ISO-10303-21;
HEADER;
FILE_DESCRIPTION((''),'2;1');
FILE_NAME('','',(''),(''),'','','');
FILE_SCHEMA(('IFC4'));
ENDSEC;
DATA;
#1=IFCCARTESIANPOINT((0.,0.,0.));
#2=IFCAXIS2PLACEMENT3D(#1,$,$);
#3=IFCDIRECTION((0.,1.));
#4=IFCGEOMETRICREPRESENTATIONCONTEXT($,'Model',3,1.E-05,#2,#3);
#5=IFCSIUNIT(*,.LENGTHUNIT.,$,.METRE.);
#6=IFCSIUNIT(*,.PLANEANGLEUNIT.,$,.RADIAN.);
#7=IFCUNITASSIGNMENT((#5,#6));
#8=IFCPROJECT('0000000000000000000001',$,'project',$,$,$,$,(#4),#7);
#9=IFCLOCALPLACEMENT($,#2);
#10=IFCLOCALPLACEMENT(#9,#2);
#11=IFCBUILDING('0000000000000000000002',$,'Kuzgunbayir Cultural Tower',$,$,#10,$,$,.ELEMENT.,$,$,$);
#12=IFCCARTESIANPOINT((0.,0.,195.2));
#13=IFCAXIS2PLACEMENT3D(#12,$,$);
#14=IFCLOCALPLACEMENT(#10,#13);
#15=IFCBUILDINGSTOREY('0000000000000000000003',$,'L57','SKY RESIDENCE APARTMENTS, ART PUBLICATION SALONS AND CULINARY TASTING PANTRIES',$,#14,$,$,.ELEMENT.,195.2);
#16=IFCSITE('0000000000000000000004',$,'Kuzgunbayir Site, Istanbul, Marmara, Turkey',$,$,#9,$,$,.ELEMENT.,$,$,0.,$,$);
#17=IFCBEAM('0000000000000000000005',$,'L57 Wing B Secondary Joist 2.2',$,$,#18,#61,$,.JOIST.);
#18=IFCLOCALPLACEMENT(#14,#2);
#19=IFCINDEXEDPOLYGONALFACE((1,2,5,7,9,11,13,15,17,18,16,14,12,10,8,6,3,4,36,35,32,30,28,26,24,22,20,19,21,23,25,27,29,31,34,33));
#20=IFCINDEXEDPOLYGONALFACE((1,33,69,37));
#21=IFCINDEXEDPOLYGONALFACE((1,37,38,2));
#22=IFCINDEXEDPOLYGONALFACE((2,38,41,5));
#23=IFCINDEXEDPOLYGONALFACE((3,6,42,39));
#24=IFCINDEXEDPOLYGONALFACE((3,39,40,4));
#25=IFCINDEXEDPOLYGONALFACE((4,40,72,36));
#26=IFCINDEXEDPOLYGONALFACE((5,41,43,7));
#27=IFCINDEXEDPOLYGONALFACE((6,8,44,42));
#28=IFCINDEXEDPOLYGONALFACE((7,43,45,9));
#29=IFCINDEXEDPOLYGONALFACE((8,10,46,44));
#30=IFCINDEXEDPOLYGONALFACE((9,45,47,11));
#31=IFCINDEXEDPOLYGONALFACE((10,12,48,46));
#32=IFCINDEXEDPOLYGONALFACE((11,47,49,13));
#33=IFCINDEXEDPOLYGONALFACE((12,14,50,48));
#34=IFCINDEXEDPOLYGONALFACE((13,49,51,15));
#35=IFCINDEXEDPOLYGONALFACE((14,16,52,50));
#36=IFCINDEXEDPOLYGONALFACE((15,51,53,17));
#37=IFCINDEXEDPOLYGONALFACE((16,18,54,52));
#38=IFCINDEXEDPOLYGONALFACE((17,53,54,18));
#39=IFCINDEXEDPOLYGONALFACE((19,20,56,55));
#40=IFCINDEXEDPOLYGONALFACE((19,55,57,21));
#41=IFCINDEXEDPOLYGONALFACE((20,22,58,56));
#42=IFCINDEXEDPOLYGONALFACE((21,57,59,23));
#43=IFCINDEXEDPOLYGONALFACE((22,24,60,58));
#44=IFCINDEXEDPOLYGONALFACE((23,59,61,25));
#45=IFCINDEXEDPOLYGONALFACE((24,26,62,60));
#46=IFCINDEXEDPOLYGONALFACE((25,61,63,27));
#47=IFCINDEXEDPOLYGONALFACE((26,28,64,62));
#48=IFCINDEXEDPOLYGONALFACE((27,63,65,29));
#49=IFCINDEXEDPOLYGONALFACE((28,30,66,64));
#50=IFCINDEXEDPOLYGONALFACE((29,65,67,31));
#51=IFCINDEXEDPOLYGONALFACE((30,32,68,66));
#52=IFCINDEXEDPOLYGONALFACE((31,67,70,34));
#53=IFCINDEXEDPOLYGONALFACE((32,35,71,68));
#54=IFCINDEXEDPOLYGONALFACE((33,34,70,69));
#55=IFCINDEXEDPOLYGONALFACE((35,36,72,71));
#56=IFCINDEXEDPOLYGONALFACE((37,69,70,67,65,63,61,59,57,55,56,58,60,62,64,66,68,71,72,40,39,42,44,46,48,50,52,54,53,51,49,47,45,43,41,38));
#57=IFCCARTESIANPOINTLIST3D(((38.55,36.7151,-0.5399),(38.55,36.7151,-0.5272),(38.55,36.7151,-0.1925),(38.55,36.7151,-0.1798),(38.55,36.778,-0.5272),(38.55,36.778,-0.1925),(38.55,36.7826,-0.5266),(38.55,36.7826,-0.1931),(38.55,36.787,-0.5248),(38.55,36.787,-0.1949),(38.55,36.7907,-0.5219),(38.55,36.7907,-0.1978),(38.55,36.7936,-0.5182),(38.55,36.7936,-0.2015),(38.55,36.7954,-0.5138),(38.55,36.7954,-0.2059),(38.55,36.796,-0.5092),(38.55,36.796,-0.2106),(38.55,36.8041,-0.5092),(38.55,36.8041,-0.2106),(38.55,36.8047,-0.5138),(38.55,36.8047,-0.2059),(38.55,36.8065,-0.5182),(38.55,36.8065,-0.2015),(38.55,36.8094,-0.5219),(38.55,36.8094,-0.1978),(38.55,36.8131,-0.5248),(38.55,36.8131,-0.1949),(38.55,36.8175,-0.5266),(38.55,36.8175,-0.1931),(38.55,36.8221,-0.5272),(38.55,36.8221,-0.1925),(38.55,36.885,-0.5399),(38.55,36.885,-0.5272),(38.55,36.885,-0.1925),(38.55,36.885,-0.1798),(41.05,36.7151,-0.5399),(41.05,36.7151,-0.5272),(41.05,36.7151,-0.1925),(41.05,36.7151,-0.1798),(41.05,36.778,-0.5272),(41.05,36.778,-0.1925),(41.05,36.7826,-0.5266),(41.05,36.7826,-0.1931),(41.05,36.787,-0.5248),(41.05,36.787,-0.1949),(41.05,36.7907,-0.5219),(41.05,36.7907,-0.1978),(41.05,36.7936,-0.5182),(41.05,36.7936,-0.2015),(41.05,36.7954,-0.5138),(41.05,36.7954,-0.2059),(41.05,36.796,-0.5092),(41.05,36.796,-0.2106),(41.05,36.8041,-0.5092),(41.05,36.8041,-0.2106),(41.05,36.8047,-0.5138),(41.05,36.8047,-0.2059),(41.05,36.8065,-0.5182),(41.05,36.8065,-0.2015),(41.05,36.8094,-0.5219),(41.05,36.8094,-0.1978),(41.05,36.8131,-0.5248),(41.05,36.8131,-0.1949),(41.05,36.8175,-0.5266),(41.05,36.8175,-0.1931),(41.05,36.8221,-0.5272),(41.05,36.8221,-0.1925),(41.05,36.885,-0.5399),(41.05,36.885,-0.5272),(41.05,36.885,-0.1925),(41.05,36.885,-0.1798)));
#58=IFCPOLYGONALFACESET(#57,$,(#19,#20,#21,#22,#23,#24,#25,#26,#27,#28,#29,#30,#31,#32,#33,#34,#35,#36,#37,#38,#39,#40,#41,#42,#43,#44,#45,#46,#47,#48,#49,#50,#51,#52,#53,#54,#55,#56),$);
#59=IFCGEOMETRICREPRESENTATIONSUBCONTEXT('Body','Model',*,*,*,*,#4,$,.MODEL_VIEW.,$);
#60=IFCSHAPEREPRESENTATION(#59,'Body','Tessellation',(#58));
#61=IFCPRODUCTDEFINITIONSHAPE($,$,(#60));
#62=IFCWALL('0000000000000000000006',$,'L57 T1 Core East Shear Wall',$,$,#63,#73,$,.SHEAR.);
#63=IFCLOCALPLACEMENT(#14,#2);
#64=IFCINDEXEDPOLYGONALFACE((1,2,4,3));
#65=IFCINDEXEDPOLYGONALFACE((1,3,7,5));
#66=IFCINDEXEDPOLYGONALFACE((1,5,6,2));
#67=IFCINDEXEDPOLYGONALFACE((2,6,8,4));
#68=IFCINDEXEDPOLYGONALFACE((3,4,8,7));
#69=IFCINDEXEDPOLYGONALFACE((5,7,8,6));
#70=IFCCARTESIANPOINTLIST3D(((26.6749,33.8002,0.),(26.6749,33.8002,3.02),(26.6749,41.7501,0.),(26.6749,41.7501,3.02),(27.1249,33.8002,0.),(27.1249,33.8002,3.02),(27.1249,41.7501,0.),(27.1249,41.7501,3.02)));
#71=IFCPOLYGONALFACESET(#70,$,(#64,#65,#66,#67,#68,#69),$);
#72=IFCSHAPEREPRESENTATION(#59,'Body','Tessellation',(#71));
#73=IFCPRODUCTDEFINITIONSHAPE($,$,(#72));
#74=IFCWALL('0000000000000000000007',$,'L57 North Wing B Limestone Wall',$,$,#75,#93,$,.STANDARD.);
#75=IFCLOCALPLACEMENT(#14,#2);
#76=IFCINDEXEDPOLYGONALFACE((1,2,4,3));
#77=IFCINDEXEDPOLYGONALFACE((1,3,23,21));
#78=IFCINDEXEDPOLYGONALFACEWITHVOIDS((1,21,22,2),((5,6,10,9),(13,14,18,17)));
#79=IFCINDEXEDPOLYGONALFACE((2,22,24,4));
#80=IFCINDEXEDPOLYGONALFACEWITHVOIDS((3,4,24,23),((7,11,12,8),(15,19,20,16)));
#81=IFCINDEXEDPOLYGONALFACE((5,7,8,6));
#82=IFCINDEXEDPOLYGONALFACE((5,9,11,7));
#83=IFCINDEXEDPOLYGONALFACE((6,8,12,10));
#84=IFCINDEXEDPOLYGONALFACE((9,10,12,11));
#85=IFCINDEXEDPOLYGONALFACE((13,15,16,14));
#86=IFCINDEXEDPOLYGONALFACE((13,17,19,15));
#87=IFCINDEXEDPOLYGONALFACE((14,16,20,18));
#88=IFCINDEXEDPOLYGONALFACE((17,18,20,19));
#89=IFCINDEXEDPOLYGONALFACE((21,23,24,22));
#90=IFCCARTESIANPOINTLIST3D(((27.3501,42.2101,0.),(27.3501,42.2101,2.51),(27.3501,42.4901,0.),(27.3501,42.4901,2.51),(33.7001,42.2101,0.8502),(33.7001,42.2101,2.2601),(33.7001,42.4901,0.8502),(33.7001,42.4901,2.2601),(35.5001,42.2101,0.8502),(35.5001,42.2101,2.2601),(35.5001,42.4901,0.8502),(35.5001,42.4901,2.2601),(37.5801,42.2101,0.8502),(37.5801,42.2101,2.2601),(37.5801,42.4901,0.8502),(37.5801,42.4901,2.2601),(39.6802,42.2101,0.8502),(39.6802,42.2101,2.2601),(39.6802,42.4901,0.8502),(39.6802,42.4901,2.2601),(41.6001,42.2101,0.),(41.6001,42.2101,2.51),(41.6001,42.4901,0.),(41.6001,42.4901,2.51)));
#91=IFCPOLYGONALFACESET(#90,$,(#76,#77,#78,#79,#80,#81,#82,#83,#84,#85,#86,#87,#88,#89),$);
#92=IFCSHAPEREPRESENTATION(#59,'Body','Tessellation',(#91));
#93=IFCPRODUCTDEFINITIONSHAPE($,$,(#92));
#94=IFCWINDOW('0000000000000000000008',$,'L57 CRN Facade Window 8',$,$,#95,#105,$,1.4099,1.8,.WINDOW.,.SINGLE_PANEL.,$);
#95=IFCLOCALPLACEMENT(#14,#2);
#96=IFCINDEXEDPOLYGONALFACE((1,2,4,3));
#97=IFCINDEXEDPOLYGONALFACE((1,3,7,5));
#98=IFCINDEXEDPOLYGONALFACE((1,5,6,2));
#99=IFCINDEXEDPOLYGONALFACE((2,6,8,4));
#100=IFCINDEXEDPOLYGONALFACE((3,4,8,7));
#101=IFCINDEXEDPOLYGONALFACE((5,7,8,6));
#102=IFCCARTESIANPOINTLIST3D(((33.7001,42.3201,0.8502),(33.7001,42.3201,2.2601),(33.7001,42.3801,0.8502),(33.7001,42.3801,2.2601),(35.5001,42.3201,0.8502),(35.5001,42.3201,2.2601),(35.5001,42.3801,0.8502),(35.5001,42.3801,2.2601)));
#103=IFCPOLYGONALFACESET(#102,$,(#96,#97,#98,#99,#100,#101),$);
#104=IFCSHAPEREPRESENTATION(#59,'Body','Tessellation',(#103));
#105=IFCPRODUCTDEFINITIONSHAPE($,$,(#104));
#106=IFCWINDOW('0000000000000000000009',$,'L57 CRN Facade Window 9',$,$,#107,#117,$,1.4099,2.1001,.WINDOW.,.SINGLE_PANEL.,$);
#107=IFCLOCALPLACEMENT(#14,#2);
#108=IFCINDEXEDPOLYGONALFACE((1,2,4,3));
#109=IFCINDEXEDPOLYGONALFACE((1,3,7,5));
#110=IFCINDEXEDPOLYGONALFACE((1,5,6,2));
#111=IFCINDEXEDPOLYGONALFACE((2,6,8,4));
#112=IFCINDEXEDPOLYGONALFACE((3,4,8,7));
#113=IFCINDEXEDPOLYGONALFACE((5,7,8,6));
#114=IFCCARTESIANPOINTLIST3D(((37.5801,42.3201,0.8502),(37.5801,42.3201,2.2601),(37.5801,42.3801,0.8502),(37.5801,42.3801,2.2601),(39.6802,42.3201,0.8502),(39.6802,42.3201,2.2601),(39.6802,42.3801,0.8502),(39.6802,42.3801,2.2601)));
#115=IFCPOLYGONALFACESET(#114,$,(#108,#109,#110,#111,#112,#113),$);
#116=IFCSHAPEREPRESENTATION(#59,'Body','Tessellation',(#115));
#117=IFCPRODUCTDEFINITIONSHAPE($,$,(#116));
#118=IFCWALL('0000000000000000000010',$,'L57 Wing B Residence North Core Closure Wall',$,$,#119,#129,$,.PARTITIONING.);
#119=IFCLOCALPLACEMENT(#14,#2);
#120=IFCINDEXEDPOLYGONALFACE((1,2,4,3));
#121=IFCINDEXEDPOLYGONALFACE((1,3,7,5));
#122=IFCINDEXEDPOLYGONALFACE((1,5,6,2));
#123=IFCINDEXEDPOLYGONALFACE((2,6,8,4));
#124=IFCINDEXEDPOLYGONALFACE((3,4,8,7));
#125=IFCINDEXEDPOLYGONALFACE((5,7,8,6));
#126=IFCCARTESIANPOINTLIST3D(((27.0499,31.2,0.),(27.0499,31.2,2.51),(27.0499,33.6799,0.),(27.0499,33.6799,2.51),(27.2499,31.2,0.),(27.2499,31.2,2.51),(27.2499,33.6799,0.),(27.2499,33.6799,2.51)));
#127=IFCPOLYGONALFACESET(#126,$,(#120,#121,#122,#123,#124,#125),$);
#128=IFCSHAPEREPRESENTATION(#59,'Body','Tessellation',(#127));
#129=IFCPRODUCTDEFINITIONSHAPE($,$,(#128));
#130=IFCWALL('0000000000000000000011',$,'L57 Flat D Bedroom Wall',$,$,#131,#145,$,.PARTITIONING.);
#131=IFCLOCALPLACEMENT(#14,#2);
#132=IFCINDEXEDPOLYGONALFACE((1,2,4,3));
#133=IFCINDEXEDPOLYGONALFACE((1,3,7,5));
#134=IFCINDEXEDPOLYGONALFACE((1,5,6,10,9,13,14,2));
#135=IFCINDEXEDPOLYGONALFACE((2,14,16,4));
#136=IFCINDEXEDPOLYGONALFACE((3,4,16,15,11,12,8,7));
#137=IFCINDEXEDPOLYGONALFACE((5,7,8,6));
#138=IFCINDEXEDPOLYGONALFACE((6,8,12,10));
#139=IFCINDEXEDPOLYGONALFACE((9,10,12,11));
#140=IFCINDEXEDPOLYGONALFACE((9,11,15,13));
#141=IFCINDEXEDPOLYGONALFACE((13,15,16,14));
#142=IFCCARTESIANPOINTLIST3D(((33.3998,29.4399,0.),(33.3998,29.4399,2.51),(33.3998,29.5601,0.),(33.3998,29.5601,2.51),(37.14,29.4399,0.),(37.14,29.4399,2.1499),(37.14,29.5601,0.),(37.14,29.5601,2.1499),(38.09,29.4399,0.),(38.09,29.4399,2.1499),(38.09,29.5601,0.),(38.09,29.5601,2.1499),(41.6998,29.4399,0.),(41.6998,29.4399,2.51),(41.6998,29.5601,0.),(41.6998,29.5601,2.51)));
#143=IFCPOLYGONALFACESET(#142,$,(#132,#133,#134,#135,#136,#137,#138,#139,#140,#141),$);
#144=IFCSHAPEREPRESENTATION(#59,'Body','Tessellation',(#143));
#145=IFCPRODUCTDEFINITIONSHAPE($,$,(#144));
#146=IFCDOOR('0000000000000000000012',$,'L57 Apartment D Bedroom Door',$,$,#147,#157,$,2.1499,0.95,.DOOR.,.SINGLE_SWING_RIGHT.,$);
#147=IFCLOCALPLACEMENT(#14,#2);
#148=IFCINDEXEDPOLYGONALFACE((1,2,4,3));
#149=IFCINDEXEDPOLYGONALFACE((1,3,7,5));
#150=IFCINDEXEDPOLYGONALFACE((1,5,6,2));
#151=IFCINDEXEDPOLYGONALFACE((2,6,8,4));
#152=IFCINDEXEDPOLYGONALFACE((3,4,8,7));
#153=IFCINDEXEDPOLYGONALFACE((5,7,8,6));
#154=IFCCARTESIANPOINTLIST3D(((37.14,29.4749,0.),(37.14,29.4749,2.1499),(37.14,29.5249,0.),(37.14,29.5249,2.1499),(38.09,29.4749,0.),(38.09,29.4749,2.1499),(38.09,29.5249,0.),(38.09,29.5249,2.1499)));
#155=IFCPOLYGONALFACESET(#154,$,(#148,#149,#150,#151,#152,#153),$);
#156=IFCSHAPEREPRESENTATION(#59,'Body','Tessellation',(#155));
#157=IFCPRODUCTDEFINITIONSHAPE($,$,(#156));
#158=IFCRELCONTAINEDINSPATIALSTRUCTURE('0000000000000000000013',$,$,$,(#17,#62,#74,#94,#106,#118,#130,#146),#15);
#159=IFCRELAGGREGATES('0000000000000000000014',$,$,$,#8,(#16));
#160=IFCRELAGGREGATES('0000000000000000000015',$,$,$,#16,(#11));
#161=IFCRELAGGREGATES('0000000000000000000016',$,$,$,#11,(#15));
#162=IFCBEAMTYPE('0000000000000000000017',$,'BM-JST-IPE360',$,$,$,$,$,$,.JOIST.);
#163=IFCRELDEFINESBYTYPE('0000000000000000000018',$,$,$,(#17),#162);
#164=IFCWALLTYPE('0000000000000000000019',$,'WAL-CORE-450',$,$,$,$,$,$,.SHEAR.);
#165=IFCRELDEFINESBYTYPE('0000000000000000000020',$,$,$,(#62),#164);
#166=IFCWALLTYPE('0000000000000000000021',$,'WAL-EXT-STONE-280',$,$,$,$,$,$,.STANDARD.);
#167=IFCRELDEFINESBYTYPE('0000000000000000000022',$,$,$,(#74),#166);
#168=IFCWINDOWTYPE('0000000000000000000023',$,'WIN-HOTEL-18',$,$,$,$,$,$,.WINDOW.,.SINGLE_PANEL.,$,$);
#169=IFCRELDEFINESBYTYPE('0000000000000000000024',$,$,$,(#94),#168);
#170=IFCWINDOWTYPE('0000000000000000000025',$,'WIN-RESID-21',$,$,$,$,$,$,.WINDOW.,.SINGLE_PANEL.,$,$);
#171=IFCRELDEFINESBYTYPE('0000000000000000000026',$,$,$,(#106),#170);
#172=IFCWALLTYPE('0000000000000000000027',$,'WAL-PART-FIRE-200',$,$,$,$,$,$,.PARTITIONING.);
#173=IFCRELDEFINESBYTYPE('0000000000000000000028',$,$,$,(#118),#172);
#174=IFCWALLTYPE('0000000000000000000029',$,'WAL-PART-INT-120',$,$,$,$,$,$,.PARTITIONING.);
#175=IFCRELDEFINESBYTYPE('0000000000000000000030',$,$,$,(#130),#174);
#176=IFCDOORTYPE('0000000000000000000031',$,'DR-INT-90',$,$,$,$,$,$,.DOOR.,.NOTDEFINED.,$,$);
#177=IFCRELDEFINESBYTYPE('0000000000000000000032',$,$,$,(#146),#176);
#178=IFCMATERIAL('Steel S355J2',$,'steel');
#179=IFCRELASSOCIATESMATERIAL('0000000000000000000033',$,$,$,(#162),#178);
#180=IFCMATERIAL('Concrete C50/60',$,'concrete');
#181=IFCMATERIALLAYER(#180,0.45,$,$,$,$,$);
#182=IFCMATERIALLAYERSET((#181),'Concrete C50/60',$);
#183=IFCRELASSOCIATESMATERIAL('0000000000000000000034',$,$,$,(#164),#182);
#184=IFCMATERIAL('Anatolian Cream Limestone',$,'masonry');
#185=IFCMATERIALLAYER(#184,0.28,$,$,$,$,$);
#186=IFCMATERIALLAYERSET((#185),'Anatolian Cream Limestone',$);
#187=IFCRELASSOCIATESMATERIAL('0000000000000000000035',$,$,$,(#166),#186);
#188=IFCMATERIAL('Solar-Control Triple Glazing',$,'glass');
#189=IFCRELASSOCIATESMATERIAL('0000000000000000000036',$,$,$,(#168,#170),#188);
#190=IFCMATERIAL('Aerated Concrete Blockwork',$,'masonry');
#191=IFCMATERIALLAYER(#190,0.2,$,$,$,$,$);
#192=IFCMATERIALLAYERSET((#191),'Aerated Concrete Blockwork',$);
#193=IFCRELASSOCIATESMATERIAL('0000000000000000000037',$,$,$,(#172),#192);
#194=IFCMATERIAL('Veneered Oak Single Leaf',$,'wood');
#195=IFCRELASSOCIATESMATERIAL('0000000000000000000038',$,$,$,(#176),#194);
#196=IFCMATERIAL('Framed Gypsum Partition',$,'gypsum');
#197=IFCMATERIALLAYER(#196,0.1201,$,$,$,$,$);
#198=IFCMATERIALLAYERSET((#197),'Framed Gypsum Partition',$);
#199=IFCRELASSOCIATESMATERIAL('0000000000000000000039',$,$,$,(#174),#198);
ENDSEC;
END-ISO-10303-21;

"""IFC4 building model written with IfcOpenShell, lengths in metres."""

from ifc_helpers import new_model, si_unit, direction, frame, frame_2d, origin, origin_2d, place, context, subcontext, project, spatial, rectangle, i_section, extrude, material, layer, layer_set, material_profile, profile_set, type_object, element, fill, save


model = new_model("IFC4")

# Units and contexts
model_context = context("Model", 3, precision=1e-05, world=origin(), true_north=direction((0.0, 1.0)))
body_context = subcontext(model_context, "Body", "Model", "MODEL_VIEW")
ifc_project = project(units=[si_unit("LENGTHUNIT", "METRE"), si_unit("PLANEANGLEUNIT", "RADIAN")], contexts=[model_context])

# Site, building, storey
site_placement = place(None, origin())
site = spatial("IfcSite", under=ifc_project, at=site_placement, Name="Kuzgunbayir Site, Istanbul, Marmara, Turkey", CompositionType="ELEMENT", RefElevation=0.0)
building_placement = place(site_placement, origin())
building = spatial("IfcBuilding", under=site, at=building_placement, Name="Kuzgunbayir Cultural Tower", CompositionType="ELEMENT")
storey_placement = place(building_placement, frame((0.0, 0.0, 195.2)))
storey = spatial("IfcBuildingStorey", under=building, at=storey_placement, Name="L57", Description="SKY RESIDENCE APARTMENTS, ART PUBLICATION SALONS AND CULINARY TASTING PANTRIES", CompositionType="ELEMENT", Elevation=195.2)

# Shared definitions
ifc_material_1 = material(Name="Concrete C50/60", Category="concrete")

# Beam
ifc_material_2 = material(Name="Steel S355J2", Category="steel")
ifc_material_profile_1 = material_profile(ifc_material_2, i_section(OverallWidth=0.1699, OverallDepth=0.3601, WebThickness=0.0081, FlangeThickness=0.0127, FilletRadius=0.0181, at=origin_2d()), Name="IPE 360")
ifc_profile_set_1 = profile_set([ifc_material_profile_1], Name="Steel S355J2")
beam_type_1 = type_object("IfcBeamType", Name="BM-JST-IPE360", PredefinedType="JOIST", material=ifc_profile_set_1)
for number, where, z_axis, x_axis, name in (
    (1, (38.55, 36.8, -0.3599), (1.0, 0.0, 0.0), (0.0, 1.0, 0.0), "L57 Wing B Secondary Joist 2.2"),
):
    element("IfcBeam", number, at=place(storey_placement, frame(where, z_axis=z_axis, x_axis=x_axis)), inside=storey, type_object=beam_type_1, Name=name, PredefinedType="JOIST", context=body_context, shape_type="SweptSolid", body=[
        extrude(i_section(OverallWidth=0.1699, OverallDepth=0.3601, WebThickness=0.0081, FlangeThickness=0.0127, FilletRadius=0.0181, at=origin_2d()), origin(), (0.0, 0.0, 1.0), 2.5),
    ])

# Wall
ifc_layer_1 = layer(ifc_material_1, 0.45)
ifc_layer_set_1 = layer_set([ifc_layer_1], Name="Concrete C50/60")
wall_type_1 = type_object("IfcWallType", Name="WAL-CORE-450", PredefinedType="SHEAR", material=ifc_layer_set_1)
wall_1_placement = place(storey_placement, frame((26.8999, 33.8, 0.0), z_axis=(0.0, 0.0, 1.0), x_axis=(0.0, 1.0, 0.0)))
element("IfcWall", 2, at=wall_1_placement, inside=storey, type_object=wall_type_1, Name="L57 T1 Core East Shear Wall", PredefinedType="SHEAR", context=body_context, shape_type="SweptSolid", body=[
    extrude(rectangle(XDim=7.95, YDim=0.45, at=frame_2d((3.9751, 0.0))), origin(), (0.0, 0.0, 1.0), 3.02),
])

# Wall, openings, windows
ifc_material_3 = material(Name="Anatolian Cream Limestone", Category="masonry")
ifc_layer_2 = layer(ifc_material_3, 0.28)
ifc_layer_set_2 = layer_set([ifc_layer_2], Name="Anatolian Cream Limestone")
wall_type_2 = type_object("IfcWallType", Name="WAL-EXT-STONE-280", PredefinedType="STANDARD", material=ifc_layer_set_2)
wall_2_placement = place(storey_placement, frame((41.6001, 42.3501, 0.0), z_axis=(0.0, 0.0, 1.0), x_axis=(-1.0, 0.0, 0.0)))
wall_2 = element("IfcWall", 3, at=wall_2_placement, inside=storey, type_object=wall_type_2, Name="L57 North Wing B Limestone Wall", PredefinedType="STANDARD", context=body_context, shape_type="SweptSolid", body=[
    extrude(rectangle(XDim=14.25, YDim=0.28, at=frame_2d((7.125, 0.0))), origin(), (0.0, 0.0, 1.0), 2.51),
])
opening_1_placement = place(wall_2_placement, frame((6.1001, 0.0, 0.8501)))
opening_1 = element("IfcOpeningElement", 4, at=opening_1_placement, cuts=wall_2, PredefinedType="OPENING", context=body_context, shape_type="SweptSolid", body=[
    extrude(rectangle(XDim=1.8, YDim=1.4099, at=frame_2d((0.8999, 0.7051))), frame((0.0, 0.1499, 0.0), z_axis=(0.0, -1.0, 0.0), x_axis=(1.0, 0.0, 0.0)), (0.0, 0.0, 1.0), 0.3),
])
opening_2_placement = place(wall_2_placement, frame((1.9199, 0.0, 0.8501)))
opening_2 = element("IfcOpeningElement", 5, at=opening_2_placement, cuts=wall_2, PredefinedType="OPENING", context=body_context, shape_type="SweptSolid", body=[
    extrude(rectangle(XDim=2.1001, YDim=1.4099, at=frame_2d((1.05, 0.7051))), frame((0.0, 0.1499, 0.0), z_axis=(0.0, -1.0, 0.0), x_axis=(1.0, 0.0, 0.0)), (0.0, 0.0, 1.0), 0.3),
])
ifc_material_4 = material(Name="Solar-Control Triple Glazing", Category="glass")
window_type_1 = type_object("IfcWindowType", Name="WIN-HOTEL-18", PartitioningType="SINGLE_PANEL", PredefinedType="WINDOW", material=ifc_material_4)
window_1_placement = place(opening_1_placement, origin())
window_1 = element("IfcWindow", 6, at=window_1_placement, inside=storey, type_object=window_type_1, Name="L57 CRN Facade Window 8", OverallHeight=1.4099, OverallWidth=1.8, PartitioningType="SINGLE_PANEL", PredefinedType="WINDOW", context=body_context, shape_type="SweptSolid", body=[
    extrude(rectangle(XDim=1.8, YDim=1.4099, at=frame_2d((0.8999, 0.7051))), frame((0.0, 0.03, 0.0), z_axis=(0.0, -1.0, 0.0), x_axis=(1.0, 0.0, 0.0)), (0.0, 0.0, 1.0), 0.0601),
])
fill(opening_1, window_1)
window_type_2 = type_object("IfcWindowType", Name="WIN-RESID-21", PartitioningType="SINGLE_PANEL", PredefinedType="WINDOW", material=ifc_material_4)
window_2_placement = place(opening_2_placement, origin())
window_2 = element("IfcWindow", 7, at=window_2_placement, inside=storey, type_object=window_type_2, Name="L57 CRN Facade Window 9", OverallHeight=1.4099, OverallWidth=2.1001, PartitioningType="SINGLE_PANEL", PredefinedType="WINDOW", context=body_context, shape_type="SweptSolid", body=[
    extrude(rectangle(XDim=2.1001, YDim=1.4099, at=frame_2d((1.05, 0.7051))), frame((0.0, 0.03, 0.0), z_axis=(0.0, -1.0, 0.0), x_axis=(1.0, 0.0, 0.0)), (0.0, 0.0, 1.0), 0.0601),
])
fill(opening_2, window_2)

# Shared definitions
ifc_material_5 = material(Name="Aerated Concrete Blockwork", Category="masonry")
ifc_layer_3 = layer(ifc_material_5, 0.2)
ifc_layer_set_3 = layer_set([ifc_layer_3], Name="Aerated Concrete Blockwork")
wall_type_3 = type_object("IfcWallType", Name="WAL-PART-FIRE-200", PredefinedType="PARTITIONING", material=ifc_layer_set_3)
ifc_material_6 = material(Name="Veneered Oak Single Leaf", Category="wood")
door_type_1 = type_object("IfcDoorType", Name="DR-INT-90", OperationType="NOTDEFINED", PredefinedType="DOOR", material=ifc_material_6)

# Wall
wall_3_placement = place(storey_placement, frame((27.1499, 31.2, 0.0), z_axis=(0.0, 0.0, 1.0), x_axis=(0.0, 1.0, 0.0)))
element("IfcWall", 8, at=wall_3_placement, inside=storey, type_object=wall_type_3, Name="L57 Wing B Residence North Core Closure Wall", PredefinedType="PARTITIONING", context=body_context, shape_type="SweptSolid", body=[
    extrude(rectangle(XDim=2.48, YDim=0.2, at=frame_2d((1.24, 0.0))), origin(), (0.0, 0.0, 1.0), 2.51),
])

# Wall, opening, door
ifc_material_7 = material(Name="Framed Gypsum Partition", Category="gypsum")
ifc_layer_4 = layer(ifc_material_7, 0.1201)
ifc_layer_set_4 = layer_set([ifc_layer_4], Name="Framed Gypsum Partition")
wall_type_4 = type_object("IfcWallType", Name="WAL-PART-INT-120", PredefinedType="PARTITIONING", material=ifc_layer_set_4)
wall_4_placement = place(storey_placement, frame((33.3999, 29.5, 0.0), z_axis=(0.0, 0.0, 1.0), x_axis=(1.0, 0.0, 0.0)))
wall_4 = element("IfcWall", 9, at=wall_4_placement, inside=storey, type_object=wall_type_4, Name="L57 Flat D Bedroom Wall", PredefinedType="PARTITIONING", context=body_context, shape_type="SweptSolid", body=[
    extrude(rectangle(XDim=8.3, YDim=0.1201, at=frame_2d((4.1499, 0.0))), origin(), (0.0, 0.0, 1.0), 2.51),
])
opening_3_placement = place(wall_4_placement, frame((3.74, 0.0, 0.0)))
opening_3 = element("IfcOpeningElement", 10, at=opening_3_placement, cuts=wall_4, PredefinedType="OPENING", context=body_context, shape_type="SweptSolid", body=[
    extrude(rectangle(XDim=0.95, YDim=2.1499, at=frame_2d((0.4751, 1.075))), frame((0.0, 0.0701, 0.0), z_axis=(0.0, -1.0, 0.0), x_axis=(1.0, 0.0, 0.0)), (0.0, 0.0, 1.0), 0.1401),
])
door_1_placement = place(opening_3_placement, origin())
door_1 = element("IfcDoor", 11, at=door_1_placement, inside=storey, type_object=door_type_1, Name="L57 Apartment D Bedroom Door", OperationType="SINGLE_SWING_RIGHT", OverallHeight=2.1499, OverallWidth=0.95, PredefinedType="DOOR", context=body_context, shape_type="SweptSolid", body=[
    extrude(rectangle(XDim=0.95, YDim=2.1499, at=frame_2d((0.4751, 1.075))), frame((0.0, 0.0249, 0.0), z_axis=(0.0, -1.0, 0.0), x_axis=(1.0, 0.0, 0.0)), (0.0, 0.0, 1.0), 0.05),
])
fill(opening_3, door_1)

save(model, "model.ifc")
